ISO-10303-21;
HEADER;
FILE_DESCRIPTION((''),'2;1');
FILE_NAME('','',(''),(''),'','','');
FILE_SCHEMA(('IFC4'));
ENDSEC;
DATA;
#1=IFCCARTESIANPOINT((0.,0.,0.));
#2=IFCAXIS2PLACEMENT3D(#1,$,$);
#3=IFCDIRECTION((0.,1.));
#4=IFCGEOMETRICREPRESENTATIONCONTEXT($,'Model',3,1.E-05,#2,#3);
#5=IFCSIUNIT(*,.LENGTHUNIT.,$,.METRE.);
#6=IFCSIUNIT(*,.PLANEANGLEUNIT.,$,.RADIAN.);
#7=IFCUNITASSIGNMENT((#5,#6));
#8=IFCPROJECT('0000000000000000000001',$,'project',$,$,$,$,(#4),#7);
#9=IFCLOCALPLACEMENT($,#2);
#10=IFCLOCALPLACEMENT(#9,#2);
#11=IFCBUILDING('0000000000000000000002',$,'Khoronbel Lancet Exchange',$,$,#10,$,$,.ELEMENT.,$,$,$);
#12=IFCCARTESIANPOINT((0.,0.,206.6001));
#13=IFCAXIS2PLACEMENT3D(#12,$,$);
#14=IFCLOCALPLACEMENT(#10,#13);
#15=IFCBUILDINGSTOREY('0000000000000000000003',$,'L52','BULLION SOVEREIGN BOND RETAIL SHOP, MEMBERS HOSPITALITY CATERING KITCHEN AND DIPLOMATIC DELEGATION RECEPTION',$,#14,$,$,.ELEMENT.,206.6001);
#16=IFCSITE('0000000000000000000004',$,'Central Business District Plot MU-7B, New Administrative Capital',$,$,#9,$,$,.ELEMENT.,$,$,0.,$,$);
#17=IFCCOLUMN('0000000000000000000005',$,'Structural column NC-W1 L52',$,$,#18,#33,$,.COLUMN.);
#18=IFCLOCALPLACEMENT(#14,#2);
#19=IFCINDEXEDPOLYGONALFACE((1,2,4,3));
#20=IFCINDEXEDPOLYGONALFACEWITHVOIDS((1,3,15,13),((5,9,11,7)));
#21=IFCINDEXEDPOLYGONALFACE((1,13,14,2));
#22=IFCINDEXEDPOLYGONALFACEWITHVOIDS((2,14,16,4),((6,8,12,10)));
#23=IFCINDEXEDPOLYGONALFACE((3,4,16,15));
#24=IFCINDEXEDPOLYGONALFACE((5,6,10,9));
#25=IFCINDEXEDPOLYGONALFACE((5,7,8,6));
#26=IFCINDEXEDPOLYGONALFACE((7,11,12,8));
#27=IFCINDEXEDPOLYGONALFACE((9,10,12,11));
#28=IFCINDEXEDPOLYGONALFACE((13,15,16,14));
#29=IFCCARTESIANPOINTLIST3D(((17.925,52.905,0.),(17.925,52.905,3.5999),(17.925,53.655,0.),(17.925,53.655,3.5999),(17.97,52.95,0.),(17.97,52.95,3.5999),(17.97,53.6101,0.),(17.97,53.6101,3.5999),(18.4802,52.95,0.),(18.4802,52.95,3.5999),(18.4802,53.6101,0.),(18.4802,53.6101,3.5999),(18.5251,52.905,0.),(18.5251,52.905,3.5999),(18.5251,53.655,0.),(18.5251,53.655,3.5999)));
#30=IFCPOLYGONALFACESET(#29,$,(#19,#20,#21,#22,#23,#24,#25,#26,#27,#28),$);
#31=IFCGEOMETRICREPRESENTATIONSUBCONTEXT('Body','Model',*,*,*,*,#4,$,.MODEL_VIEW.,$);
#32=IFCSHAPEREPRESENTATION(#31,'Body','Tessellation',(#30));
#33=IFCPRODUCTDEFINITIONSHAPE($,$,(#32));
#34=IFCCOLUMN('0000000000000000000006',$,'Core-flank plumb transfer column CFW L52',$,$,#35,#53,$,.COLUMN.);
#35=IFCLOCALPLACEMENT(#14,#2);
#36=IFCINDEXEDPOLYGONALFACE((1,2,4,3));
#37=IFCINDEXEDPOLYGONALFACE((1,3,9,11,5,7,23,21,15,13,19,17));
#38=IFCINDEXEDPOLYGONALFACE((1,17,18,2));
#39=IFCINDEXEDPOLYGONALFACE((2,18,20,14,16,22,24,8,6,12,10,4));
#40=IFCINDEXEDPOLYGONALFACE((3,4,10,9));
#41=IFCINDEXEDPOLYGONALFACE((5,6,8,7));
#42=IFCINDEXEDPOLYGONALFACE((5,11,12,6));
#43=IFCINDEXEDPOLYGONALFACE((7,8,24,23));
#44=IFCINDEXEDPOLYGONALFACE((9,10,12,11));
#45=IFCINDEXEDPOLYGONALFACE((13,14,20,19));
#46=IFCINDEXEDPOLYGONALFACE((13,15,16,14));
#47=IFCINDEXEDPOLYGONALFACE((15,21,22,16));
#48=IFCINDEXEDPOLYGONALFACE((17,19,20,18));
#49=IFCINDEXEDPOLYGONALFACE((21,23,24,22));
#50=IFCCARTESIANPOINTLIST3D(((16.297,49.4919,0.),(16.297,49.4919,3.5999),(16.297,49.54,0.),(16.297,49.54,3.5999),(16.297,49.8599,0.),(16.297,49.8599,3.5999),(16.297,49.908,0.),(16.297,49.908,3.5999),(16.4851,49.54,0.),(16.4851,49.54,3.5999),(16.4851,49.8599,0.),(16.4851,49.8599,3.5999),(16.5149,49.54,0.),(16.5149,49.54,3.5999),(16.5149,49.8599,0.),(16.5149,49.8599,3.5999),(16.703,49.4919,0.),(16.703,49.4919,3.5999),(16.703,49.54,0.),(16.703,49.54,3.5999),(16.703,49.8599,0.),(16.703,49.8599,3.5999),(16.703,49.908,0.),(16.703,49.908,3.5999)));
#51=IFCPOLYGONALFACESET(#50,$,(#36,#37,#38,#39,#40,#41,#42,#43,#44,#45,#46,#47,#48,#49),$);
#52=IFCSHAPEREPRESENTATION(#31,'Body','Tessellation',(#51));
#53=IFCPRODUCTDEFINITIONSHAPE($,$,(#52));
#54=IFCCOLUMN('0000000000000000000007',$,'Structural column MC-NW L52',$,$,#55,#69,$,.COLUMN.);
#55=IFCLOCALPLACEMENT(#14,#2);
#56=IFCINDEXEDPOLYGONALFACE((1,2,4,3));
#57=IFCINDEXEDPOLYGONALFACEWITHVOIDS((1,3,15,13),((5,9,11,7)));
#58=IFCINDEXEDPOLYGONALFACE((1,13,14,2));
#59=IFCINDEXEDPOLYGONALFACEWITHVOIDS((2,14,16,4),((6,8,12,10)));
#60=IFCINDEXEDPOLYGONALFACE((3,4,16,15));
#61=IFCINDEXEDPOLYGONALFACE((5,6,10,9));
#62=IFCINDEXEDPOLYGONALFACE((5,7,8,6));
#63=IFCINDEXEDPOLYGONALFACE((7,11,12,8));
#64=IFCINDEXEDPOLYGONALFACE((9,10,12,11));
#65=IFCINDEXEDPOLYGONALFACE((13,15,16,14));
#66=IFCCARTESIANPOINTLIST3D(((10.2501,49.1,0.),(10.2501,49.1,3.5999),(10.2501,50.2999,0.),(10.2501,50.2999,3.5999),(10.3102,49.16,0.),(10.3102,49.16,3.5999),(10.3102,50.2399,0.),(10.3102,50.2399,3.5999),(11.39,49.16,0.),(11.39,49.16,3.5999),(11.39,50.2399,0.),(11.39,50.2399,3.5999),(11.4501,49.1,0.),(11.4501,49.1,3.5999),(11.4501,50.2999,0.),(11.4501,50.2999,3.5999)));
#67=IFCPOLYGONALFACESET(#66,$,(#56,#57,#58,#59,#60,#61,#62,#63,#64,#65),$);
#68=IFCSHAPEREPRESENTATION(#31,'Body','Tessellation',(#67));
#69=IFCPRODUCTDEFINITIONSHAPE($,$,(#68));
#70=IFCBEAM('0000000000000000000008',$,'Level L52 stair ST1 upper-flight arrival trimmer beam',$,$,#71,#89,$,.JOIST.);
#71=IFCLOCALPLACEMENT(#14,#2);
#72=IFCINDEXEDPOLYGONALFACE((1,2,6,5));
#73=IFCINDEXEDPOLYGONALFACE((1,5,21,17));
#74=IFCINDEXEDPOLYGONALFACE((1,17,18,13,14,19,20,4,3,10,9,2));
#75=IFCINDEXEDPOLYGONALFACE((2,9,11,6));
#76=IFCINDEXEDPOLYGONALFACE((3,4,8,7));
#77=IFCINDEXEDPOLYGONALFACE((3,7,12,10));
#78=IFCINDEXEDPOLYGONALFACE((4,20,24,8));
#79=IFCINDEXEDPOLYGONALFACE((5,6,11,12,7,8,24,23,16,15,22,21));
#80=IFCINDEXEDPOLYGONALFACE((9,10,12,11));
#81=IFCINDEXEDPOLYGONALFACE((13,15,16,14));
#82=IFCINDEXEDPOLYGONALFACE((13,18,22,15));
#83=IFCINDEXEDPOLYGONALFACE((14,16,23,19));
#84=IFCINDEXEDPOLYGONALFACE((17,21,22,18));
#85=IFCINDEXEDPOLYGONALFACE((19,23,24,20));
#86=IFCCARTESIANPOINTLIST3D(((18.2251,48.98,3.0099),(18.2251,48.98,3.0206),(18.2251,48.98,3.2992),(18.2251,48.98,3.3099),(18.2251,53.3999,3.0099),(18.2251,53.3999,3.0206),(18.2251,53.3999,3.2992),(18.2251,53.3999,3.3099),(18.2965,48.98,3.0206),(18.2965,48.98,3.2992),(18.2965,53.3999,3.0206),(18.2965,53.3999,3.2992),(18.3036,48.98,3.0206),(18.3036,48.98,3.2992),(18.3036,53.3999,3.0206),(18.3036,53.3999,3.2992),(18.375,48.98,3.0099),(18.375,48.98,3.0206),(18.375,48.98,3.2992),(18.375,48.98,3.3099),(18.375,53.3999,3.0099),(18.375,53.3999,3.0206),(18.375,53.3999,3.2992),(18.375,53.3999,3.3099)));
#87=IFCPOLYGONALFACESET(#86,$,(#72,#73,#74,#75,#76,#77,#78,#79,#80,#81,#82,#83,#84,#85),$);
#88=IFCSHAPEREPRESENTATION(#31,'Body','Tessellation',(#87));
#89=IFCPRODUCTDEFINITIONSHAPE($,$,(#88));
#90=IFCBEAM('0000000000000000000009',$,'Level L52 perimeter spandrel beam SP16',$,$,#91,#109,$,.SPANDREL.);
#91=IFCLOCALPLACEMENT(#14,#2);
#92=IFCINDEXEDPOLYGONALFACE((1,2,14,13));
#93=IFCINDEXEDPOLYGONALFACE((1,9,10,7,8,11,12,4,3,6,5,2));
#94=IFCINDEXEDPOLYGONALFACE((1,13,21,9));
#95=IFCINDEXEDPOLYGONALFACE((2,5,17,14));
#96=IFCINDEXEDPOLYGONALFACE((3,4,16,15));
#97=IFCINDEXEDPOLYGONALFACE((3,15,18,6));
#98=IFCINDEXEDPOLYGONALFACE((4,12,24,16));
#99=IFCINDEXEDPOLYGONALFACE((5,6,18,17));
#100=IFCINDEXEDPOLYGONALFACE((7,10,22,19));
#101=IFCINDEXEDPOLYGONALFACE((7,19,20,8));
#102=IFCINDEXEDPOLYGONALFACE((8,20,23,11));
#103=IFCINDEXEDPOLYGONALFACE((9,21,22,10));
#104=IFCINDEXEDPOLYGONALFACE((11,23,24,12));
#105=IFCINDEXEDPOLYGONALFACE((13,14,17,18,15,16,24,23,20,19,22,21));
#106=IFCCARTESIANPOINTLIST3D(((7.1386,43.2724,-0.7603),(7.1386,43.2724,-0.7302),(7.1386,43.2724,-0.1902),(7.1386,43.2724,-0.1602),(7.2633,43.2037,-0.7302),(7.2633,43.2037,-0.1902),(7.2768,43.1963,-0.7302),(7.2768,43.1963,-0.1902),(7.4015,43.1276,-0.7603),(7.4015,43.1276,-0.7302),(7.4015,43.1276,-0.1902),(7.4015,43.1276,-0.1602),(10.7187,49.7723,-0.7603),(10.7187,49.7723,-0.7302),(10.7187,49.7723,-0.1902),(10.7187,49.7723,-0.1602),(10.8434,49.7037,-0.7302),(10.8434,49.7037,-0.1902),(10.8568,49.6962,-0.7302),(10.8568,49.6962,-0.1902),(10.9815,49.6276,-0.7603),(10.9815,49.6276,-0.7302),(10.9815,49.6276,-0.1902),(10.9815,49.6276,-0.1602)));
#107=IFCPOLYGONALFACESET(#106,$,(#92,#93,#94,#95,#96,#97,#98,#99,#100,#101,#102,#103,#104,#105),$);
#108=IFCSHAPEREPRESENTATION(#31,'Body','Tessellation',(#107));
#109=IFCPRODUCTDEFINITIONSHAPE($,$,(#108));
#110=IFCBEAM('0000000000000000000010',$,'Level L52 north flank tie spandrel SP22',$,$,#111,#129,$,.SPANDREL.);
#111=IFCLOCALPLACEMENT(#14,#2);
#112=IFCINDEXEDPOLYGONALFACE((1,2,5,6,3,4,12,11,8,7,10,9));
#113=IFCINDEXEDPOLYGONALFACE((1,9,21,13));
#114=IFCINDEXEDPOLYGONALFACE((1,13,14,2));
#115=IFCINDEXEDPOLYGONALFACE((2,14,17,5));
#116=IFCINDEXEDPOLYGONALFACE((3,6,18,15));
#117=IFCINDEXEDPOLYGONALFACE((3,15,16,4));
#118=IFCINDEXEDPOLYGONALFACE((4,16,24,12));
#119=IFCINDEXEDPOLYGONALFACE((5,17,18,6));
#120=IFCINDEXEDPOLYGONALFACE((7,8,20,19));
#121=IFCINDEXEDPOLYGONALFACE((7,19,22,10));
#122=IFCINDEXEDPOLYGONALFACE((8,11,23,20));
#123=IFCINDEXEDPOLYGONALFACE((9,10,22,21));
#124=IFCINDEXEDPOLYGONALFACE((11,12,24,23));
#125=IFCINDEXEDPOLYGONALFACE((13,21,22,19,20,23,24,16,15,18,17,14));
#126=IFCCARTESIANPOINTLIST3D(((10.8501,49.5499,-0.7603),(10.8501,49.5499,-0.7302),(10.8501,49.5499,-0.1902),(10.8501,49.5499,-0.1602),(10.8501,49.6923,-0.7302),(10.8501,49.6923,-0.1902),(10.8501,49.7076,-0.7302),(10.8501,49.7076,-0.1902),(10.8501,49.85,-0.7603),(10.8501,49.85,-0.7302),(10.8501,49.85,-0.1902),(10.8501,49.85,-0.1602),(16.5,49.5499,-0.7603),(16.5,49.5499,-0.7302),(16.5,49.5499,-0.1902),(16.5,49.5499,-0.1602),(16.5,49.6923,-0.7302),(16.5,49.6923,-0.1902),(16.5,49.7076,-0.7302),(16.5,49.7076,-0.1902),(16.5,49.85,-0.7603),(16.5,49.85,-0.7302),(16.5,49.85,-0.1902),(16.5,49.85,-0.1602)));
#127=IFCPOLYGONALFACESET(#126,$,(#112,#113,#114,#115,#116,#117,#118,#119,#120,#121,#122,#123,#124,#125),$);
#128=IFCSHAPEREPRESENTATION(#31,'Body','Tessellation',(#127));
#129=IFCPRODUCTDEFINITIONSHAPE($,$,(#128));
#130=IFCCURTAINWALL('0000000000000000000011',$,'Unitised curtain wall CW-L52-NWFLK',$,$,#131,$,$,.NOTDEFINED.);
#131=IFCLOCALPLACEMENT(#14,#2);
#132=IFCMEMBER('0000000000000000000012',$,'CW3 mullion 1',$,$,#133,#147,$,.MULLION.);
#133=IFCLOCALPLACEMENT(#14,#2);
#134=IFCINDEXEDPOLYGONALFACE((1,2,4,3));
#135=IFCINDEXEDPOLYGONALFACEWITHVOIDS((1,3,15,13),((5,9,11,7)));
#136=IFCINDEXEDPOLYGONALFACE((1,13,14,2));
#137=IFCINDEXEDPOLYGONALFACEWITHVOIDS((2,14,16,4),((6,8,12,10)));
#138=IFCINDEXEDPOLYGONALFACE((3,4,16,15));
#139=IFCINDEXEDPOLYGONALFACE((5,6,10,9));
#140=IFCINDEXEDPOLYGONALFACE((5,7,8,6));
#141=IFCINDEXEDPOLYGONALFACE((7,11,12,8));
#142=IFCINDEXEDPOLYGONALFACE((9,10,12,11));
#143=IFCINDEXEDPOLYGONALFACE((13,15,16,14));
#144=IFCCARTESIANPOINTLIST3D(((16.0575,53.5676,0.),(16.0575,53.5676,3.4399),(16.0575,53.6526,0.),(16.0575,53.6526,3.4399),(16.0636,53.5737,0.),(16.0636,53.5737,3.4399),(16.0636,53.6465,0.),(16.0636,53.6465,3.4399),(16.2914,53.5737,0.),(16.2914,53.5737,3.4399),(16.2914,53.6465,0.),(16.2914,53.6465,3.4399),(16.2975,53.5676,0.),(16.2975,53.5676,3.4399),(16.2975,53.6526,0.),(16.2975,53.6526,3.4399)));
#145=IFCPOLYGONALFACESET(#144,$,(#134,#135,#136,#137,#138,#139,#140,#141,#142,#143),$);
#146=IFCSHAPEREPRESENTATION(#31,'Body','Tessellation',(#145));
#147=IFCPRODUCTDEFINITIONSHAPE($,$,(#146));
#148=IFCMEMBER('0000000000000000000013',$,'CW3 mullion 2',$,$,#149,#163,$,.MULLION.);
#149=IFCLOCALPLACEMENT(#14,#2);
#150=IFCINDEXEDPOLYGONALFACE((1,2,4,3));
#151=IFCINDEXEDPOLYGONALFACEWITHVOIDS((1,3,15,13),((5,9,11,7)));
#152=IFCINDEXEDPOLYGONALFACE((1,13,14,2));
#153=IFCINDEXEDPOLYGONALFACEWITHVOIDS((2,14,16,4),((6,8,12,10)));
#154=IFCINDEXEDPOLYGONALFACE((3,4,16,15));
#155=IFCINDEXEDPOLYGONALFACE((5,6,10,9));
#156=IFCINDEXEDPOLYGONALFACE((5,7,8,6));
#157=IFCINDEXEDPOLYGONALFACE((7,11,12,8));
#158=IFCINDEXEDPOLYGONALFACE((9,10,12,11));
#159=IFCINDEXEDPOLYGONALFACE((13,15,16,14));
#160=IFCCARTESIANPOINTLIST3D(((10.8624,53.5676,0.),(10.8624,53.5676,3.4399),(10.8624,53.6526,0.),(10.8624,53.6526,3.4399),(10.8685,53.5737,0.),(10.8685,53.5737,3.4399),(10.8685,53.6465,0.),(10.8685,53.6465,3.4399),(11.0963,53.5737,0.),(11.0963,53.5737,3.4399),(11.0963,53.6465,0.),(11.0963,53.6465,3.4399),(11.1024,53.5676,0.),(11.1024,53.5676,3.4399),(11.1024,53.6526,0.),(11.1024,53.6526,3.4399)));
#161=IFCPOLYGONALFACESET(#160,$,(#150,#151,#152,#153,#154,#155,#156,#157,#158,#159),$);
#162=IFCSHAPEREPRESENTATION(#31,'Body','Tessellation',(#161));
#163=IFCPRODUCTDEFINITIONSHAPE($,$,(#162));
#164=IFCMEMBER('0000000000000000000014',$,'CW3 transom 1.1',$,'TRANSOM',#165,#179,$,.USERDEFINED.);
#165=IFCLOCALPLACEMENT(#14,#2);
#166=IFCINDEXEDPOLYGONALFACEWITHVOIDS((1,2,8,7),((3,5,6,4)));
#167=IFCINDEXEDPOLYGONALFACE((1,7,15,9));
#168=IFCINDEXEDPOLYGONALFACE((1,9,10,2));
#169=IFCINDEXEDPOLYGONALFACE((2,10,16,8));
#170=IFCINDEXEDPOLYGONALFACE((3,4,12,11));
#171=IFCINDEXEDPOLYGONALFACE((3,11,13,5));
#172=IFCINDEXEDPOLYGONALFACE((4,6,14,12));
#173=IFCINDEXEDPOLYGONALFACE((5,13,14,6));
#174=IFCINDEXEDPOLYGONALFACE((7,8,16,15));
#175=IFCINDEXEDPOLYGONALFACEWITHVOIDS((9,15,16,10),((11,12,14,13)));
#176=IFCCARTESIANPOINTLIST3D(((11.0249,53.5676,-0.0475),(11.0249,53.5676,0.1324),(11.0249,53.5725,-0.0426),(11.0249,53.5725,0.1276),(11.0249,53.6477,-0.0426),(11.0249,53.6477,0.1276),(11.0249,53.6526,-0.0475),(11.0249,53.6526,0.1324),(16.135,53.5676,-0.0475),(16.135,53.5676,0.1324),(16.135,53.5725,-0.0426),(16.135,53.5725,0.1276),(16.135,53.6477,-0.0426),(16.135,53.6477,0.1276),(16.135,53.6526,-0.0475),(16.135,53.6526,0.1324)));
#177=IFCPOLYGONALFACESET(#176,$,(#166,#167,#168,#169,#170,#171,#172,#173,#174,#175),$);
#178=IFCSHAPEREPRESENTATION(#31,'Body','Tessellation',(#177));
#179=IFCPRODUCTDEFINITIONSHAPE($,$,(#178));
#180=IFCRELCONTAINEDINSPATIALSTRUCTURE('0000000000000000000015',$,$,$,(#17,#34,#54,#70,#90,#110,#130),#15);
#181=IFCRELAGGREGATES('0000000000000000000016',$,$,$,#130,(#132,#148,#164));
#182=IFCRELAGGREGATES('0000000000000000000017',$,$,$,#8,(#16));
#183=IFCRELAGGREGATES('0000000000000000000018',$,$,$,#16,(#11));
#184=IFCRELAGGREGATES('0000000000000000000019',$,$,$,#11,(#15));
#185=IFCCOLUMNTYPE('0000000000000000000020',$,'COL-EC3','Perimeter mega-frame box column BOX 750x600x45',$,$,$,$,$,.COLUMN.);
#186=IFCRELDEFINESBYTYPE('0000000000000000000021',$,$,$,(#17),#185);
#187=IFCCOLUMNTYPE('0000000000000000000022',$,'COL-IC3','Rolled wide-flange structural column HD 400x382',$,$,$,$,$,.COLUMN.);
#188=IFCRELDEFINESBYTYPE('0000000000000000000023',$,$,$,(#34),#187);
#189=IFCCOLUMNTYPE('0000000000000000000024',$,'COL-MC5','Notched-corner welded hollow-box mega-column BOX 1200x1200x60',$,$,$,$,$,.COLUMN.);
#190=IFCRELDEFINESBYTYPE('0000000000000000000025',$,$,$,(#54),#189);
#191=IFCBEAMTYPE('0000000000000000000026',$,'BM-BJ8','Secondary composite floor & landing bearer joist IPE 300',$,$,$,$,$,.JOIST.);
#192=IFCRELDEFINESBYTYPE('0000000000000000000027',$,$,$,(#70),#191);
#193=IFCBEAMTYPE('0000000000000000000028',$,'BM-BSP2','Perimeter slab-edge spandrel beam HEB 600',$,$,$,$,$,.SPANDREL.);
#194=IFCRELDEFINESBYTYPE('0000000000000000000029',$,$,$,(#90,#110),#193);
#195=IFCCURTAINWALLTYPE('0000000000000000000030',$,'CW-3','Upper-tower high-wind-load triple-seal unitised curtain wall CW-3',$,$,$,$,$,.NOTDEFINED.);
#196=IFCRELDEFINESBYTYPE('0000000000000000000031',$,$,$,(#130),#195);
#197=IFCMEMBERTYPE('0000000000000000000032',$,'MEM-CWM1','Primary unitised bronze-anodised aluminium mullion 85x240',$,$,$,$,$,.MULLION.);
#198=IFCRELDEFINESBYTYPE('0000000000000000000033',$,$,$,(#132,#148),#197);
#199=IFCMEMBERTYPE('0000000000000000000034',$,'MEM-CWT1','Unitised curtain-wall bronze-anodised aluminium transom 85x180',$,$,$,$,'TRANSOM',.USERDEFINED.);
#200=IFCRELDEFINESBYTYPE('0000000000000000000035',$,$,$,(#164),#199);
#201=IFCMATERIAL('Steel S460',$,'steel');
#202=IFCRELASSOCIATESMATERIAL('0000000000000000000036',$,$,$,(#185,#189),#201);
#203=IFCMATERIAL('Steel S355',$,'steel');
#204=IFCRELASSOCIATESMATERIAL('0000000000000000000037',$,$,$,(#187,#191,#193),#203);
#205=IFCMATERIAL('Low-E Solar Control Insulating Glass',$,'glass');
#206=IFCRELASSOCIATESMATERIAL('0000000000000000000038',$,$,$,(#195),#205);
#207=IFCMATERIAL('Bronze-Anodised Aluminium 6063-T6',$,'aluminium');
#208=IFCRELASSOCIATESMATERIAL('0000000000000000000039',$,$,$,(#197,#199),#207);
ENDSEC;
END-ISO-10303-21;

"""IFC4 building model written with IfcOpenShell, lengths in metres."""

from ifc_helpers import new_model, si_unit, direction, frame, origin, origin_2d, place, context, subcontext, project, spatial, hollow_rectangle, i_section, extrude, material, material_profile, profile_set, type_object, element, aggregate, save


model = new_model("IFC4")

# Units and contexts
model_context = context("Model", 3, precision=1e-05, world=origin(), true_north=direction((0.0, 1.0)))
body_context = subcontext(model_context, "Body", "Model", "MODEL_VIEW")
ifc_project = project(units=[si_unit("LENGTHUNIT", "METRE"), si_unit("PLANEANGLEUNIT", "RADIAN")], contexts=[model_context])

# Site, building, storey
site_placement = place(None, origin())
site = spatial("IfcSite", under=ifc_project, at=site_placement, Name="Central Business District Plot MU-7B, New Administrative Capital", CompositionType="ELEMENT", RefElevation=0.0)
building_placement = place(site_placement, origin())
building = spatial("IfcBuilding", under=site, at=building_placement, Name="Khoronbel Lancet Exchange", CompositionType="ELEMENT")
storey_placement = place(building_placement, frame((0.0, 0.0, 206.6001)))
storey = spatial("IfcBuildingStorey", under=building, at=storey_placement, Name="L52", Description="BULLION SOVEREIGN BOND RETAIL SHOP, MEMBERS HOSPITALITY CATERING KITCHEN AND DIPLOMATIC DELEGATION RECEPTION", CompositionType="ELEMENT", Elevation=206.6001)

# Columns
ifc_material_1 = material(Name="Steel S460", Category="steel")
ifc_material_profile_1 = material_profile(ifc_material_1, hollow_rectangle(XDim=0.6001, YDim=0.75, WallThickness=0.0449, at=origin_2d()), Name="BOX 750x600x45")
ifc_profile_set_1 = profile_set([ifc_material_profile_1], Name="Steel S460")
column_type_1 = type_object("IfcColumnType", Name="COL-EC3", Description="Perimeter mega-frame box column BOX 750x600x45", PredefinedType="COLUMN", material=ifc_profile_set_1)
column_1_placement = place(storey_placement, frame((18.2251, 53.28, 0.0), z_axis=(0.0, 0.0, 1.0), x_axis=(1.0, 0.0, 0.0)))
element("IfcColumn", 1, at=column_1_placement, inside=storey, type_object=column_type_1, Name="Structural column NC-W1 L52", PredefinedType="COLUMN", context=body_context, shape_type="SweptSolid", body=[
    extrude(hollow_rectangle(XDim=0.6001, YDim=0.75, WallThickness=0.0449, at=origin_2d()), origin(), (0.0, 0.0, 1.0), 3.5999),
])
ifc_material_2 = material(Name="Steel S355", Category="steel")
ifc_material_profile_2 = material_profile(ifc_material_2, i_section(OverallWidth=0.406, OverallDepth=0.416, WebThickness=0.0298, FlangeThickness=0.0481, at=origin_2d()), Name="HD 400x382")
ifc_profile_set_2 = profile_set([ifc_material_profile_2], Name="Steel S355")
column_type_2 = type_object("IfcColumnType", Name="COL-IC3", Description="Rolled wide-flange structural column HD 400x382", PredefinedType="COLUMN", material=ifc_profile_set_2)
column_2_placement = place(storey_placement, frame((16.5, 49.7, 0.0), z_axis=(0.0, 0.0, 1.0), x_axis=(1.0, 0.0, 0.0)))
element("IfcColumn", 2, at=column_2_placement, inside=storey, type_object=column_type_2, Name="Core-flank plumb transfer column CFW L52", PredefinedType="COLUMN", context=body_context, shape_type="SweptSolid", body=[
    extrude(i_section(OverallWidth=0.406, OverallDepth=0.416, WebThickness=0.0298, FlangeThickness=0.0481, at=origin_2d()), origin(), (0.0, 0.0, 1.0), 3.5999),
])
ifc_material_profile_3 = material_profile(ifc_material_1, hollow_rectangle(XDim=1.2, YDim=1.2, WallThickness=0.0601, at=origin_2d()), Name="BOX 1200x1200x60")
ifc_profile_set_3 = profile_set([ifc_material_profile_3], Name="Steel S460")
column_type_3 = type_object("IfcColumnType", Name="COL-MC5", Description="Notched-corner welded hollow-box mega-column BOX 1200x1200x60", PredefinedType="COLUMN", material=ifc_profile_set_3)
column_3_placement = place(storey_placement, frame((10.8501, 49.7, 0.0), z_axis=(0.0, 0.0, 1.0), x_axis=(1.0, 0.0, 0.0)))
element("IfcColumn", 3, at=column_3_placement, inside=storey, type_object=column_type_3, Name="Structural column MC-NW L52", PredefinedType="COLUMN", context=body_context, shape_type="SweptSolid", body=[
    extrude(hollow_rectangle(XDim=1.2, YDim=1.2, WallThickness=0.0601, at=origin_2d()), origin(), (0.0, 0.0, 1.0), 3.5999),
])

# Beams
ifc_material_profile_4 = material_profile(ifc_material_2, i_section(OverallWidth=0.1499, OverallDepth=0.3, WebThickness=0.0071, FlangeThickness=0.0107, at=origin_2d()), Name="IPE 300")
ifc_profile_set_4 = profile_set([ifc_material_profile_4], Name="Steel S355")
beam_type_1 = type_object("IfcBeamType", Name="BM-BJ8", Description="Secondary composite floor & landing bearer joist IPE 300", PredefinedType="JOIST", material=ifc_profile_set_4)
beam_1_placement = place(storey_placement, frame((18.3, 48.98, 3.1599), z_axis=(0.0, 1.0, 0.0), x_axis=(-1.0, 0.0, 0.0)))
element("IfcBeam", 4, at=beam_1_placement, inside=storey, type_object=beam_type_1, Name="Level L52 stair ST1 upper-flight arrival trimmer beam", PredefinedType="JOIST", context=body_context, shape_type="SweptSolid", body=[
    extrude(i_section(OverallWidth=0.1499, OverallDepth=0.3, WebThickness=0.0071, FlangeThickness=0.0107, at=origin_2d()), origin(), (0.0, 0.0, 1.0), 4.4199),
])
ifc_material_profile_5 = material_profile(ifc_material_2, i_section(OverallWidth=0.3, OverallDepth=0.6001, WebThickness=0.0154, FlangeThickness=0.03, at=origin_2d()), Name="HEB 600")
ifc_profile_set_5 = profile_set([ifc_material_profile_5], Name="Steel S355")
beam_type_2 = type_object("IfcBeamType", Name="BM-BSP2", Description="Perimeter slab-edge spandrel beam HEB 600", PredefinedType="SPANDREL", material=ifc_profile_set_5)
beam_2_placement = place(storey_placement, frame((10.8501, 49.7, -0.4602), z_axis=(-0.482444, -0.875927, 0.0), x_axis=(0.875927, -0.482444, 0.0)))
element("IfcBeam", 5, at=beam_2_placement, inside=storey, type_object=beam_type_2, Name="Level L52 perimeter spandrel beam SP16", PredefinedType="SPANDREL", context=body_context, shape_type="SweptSolid", body=[
    extrude(i_section(OverallWidth=0.3, OverallDepth=0.6001, WebThickness=0.0154, FlangeThickness=0.03, at=origin_2d()), origin(), (0.0, 0.0, 1.0), 7.4207),
])
beam_3_placement = place(storey_placement, frame((10.8501, 49.7, -0.4602), z_axis=(1.0, 0.0, 0.0), x_axis=(0.0, 1.0, 0.0)))
element("IfcBeam", 6, at=beam_3_placement, inside=storey, type_object=beam_type_2, Name="Level L52 north flank tie spandrel SP22", PredefinedType="SPANDREL", context=body_context, shape_type="SweptSolid", body=[
    extrude(i_section(OverallWidth=0.3, OverallDepth=0.6001, WebThickness=0.0154, FlangeThickness=0.03, at=origin_2d()), origin(), (0.0, 0.0, 1.0), 5.6499),
])

# Curtain wall, members
ifc_material_3 = material(Name="Low-E Solar Control Insulating Glass", Category="glass")
curtain_wall_type = type_object("IfcCurtainWallType", Name="CW-3", Description="Upper-tower high-wind-load triple-seal unitised curtain wall CW-3", PredefinedType="NOTDEFINED", material=ifc_material_3)
curtain_wall_placement = place(storey_placement, origin())
curtain_wall = element("IfcCurtainWall", 7, at=curtain_wall_placement, inside=storey, type_object=curtain_wall_type, Name="Unitised curtain wall CW-L52-NWFLK", PredefinedType="NOTDEFINED")
ifc_material_4 = material(Name="Bronze-Anodised Aluminium 6063-T6", Category="aluminium")
ifc_material_profile_6 = material_profile(ifc_material_4, hollow_rectangle(XDim=0.085, YDim=0.24, WallThickness=0.0061, at=origin_2d()), Name="ALU MULLION 85x240")
ifc_profile_set_6 = profile_set([ifc_material_profile_6], Name="Bronze-Anodised Aluminium 6063-T6")
member_type_1 = type_object("IfcMemberType", Name="MEM-CWM1", Description="Primary unitised bronze-anodised aluminium mullion 85x240", PredefinedType="MULLION", material=ifc_profile_set_6)
member_1_placement = place(storey_placement, frame((16.1775, 53.6101, 0.0), z_axis=(0.0, 0.0, 1.0), x_axis=(0.0, -1.0, 0.0)))
member_1 = element("IfcMember", 8, at=member_1_placement, type_object=member_type_1, Name="CW3 mullion 1", PredefinedType="MULLION", context=body_context, shape_type="SweptSolid", body=[
    extrude(hollow_rectangle(XDim=0.085, YDim=0.24, WallThickness=0.0061, at=origin_2d()), origin(), (0.0, 0.0, 1.0), 3.4399),
])
member_2_placement = place(storey_placement, frame((10.9824, 53.6101, 0.0), z_axis=(0.0, 0.0, 1.0), x_axis=(0.0, -1.0, 0.0)))
member_2 = element("IfcMember", 9, at=member_2_placement, type_object=member_type_1, Name="CW3 mullion 2", PredefinedType="MULLION", context=body_context, shape_type="SweptSolid", body=[
    extrude(hollow_rectangle(XDim=0.085, YDim=0.24, WallThickness=0.0061, at=origin_2d()), origin(), (0.0, 0.0, 1.0), 3.4399),
])
ifc_material_profile_7 = material_profile(ifc_material_4, hollow_rectangle(XDim=0.085, YDim=0.1799, WallThickness=0.0049, at=origin_2d()), Name="ALU TRANSOM 85x180")
ifc_profile_set_7 = profile_set([ifc_material_profile_7], Name="Bronze-Anodised Aluminium 6063-T6")
member_type_2 = type_object("IfcMemberType", Name="MEM-CWT1", Description="Unitised curtain-wall bronze-anodised aluminium transom 85x180", ElementType="TRANSOM", PredefinedType="USERDEFINED", material=ifc_profile_set_7)
member_3_placement = place(storey_placement, frame((16.135, 53.6101, 0.0425), z_axis=(-1.0, 0.0, 0.0), x_axis=(0.0, -1.0, 0.0)))
member_3 = element("IfcMember", 10, at=member_3_placement, type_object=member_type_2, Name="CW3 transom 1.1", ObjectType="TRANSOM", PredefinedType="USERDEFINED", context=body_context, shape_type="SweptSolid", body=[
    extrude(hollow_rectangle(XDim=0.085, YDim=0.1799, WallThickness=0.0049, at=origin_2d()), origin(), (0.0, 0.0, 1.0), 5.1101),
])
aggregate(curtain_wall, [member_1, member_2, member_3])

save(model, "model.ifc")
